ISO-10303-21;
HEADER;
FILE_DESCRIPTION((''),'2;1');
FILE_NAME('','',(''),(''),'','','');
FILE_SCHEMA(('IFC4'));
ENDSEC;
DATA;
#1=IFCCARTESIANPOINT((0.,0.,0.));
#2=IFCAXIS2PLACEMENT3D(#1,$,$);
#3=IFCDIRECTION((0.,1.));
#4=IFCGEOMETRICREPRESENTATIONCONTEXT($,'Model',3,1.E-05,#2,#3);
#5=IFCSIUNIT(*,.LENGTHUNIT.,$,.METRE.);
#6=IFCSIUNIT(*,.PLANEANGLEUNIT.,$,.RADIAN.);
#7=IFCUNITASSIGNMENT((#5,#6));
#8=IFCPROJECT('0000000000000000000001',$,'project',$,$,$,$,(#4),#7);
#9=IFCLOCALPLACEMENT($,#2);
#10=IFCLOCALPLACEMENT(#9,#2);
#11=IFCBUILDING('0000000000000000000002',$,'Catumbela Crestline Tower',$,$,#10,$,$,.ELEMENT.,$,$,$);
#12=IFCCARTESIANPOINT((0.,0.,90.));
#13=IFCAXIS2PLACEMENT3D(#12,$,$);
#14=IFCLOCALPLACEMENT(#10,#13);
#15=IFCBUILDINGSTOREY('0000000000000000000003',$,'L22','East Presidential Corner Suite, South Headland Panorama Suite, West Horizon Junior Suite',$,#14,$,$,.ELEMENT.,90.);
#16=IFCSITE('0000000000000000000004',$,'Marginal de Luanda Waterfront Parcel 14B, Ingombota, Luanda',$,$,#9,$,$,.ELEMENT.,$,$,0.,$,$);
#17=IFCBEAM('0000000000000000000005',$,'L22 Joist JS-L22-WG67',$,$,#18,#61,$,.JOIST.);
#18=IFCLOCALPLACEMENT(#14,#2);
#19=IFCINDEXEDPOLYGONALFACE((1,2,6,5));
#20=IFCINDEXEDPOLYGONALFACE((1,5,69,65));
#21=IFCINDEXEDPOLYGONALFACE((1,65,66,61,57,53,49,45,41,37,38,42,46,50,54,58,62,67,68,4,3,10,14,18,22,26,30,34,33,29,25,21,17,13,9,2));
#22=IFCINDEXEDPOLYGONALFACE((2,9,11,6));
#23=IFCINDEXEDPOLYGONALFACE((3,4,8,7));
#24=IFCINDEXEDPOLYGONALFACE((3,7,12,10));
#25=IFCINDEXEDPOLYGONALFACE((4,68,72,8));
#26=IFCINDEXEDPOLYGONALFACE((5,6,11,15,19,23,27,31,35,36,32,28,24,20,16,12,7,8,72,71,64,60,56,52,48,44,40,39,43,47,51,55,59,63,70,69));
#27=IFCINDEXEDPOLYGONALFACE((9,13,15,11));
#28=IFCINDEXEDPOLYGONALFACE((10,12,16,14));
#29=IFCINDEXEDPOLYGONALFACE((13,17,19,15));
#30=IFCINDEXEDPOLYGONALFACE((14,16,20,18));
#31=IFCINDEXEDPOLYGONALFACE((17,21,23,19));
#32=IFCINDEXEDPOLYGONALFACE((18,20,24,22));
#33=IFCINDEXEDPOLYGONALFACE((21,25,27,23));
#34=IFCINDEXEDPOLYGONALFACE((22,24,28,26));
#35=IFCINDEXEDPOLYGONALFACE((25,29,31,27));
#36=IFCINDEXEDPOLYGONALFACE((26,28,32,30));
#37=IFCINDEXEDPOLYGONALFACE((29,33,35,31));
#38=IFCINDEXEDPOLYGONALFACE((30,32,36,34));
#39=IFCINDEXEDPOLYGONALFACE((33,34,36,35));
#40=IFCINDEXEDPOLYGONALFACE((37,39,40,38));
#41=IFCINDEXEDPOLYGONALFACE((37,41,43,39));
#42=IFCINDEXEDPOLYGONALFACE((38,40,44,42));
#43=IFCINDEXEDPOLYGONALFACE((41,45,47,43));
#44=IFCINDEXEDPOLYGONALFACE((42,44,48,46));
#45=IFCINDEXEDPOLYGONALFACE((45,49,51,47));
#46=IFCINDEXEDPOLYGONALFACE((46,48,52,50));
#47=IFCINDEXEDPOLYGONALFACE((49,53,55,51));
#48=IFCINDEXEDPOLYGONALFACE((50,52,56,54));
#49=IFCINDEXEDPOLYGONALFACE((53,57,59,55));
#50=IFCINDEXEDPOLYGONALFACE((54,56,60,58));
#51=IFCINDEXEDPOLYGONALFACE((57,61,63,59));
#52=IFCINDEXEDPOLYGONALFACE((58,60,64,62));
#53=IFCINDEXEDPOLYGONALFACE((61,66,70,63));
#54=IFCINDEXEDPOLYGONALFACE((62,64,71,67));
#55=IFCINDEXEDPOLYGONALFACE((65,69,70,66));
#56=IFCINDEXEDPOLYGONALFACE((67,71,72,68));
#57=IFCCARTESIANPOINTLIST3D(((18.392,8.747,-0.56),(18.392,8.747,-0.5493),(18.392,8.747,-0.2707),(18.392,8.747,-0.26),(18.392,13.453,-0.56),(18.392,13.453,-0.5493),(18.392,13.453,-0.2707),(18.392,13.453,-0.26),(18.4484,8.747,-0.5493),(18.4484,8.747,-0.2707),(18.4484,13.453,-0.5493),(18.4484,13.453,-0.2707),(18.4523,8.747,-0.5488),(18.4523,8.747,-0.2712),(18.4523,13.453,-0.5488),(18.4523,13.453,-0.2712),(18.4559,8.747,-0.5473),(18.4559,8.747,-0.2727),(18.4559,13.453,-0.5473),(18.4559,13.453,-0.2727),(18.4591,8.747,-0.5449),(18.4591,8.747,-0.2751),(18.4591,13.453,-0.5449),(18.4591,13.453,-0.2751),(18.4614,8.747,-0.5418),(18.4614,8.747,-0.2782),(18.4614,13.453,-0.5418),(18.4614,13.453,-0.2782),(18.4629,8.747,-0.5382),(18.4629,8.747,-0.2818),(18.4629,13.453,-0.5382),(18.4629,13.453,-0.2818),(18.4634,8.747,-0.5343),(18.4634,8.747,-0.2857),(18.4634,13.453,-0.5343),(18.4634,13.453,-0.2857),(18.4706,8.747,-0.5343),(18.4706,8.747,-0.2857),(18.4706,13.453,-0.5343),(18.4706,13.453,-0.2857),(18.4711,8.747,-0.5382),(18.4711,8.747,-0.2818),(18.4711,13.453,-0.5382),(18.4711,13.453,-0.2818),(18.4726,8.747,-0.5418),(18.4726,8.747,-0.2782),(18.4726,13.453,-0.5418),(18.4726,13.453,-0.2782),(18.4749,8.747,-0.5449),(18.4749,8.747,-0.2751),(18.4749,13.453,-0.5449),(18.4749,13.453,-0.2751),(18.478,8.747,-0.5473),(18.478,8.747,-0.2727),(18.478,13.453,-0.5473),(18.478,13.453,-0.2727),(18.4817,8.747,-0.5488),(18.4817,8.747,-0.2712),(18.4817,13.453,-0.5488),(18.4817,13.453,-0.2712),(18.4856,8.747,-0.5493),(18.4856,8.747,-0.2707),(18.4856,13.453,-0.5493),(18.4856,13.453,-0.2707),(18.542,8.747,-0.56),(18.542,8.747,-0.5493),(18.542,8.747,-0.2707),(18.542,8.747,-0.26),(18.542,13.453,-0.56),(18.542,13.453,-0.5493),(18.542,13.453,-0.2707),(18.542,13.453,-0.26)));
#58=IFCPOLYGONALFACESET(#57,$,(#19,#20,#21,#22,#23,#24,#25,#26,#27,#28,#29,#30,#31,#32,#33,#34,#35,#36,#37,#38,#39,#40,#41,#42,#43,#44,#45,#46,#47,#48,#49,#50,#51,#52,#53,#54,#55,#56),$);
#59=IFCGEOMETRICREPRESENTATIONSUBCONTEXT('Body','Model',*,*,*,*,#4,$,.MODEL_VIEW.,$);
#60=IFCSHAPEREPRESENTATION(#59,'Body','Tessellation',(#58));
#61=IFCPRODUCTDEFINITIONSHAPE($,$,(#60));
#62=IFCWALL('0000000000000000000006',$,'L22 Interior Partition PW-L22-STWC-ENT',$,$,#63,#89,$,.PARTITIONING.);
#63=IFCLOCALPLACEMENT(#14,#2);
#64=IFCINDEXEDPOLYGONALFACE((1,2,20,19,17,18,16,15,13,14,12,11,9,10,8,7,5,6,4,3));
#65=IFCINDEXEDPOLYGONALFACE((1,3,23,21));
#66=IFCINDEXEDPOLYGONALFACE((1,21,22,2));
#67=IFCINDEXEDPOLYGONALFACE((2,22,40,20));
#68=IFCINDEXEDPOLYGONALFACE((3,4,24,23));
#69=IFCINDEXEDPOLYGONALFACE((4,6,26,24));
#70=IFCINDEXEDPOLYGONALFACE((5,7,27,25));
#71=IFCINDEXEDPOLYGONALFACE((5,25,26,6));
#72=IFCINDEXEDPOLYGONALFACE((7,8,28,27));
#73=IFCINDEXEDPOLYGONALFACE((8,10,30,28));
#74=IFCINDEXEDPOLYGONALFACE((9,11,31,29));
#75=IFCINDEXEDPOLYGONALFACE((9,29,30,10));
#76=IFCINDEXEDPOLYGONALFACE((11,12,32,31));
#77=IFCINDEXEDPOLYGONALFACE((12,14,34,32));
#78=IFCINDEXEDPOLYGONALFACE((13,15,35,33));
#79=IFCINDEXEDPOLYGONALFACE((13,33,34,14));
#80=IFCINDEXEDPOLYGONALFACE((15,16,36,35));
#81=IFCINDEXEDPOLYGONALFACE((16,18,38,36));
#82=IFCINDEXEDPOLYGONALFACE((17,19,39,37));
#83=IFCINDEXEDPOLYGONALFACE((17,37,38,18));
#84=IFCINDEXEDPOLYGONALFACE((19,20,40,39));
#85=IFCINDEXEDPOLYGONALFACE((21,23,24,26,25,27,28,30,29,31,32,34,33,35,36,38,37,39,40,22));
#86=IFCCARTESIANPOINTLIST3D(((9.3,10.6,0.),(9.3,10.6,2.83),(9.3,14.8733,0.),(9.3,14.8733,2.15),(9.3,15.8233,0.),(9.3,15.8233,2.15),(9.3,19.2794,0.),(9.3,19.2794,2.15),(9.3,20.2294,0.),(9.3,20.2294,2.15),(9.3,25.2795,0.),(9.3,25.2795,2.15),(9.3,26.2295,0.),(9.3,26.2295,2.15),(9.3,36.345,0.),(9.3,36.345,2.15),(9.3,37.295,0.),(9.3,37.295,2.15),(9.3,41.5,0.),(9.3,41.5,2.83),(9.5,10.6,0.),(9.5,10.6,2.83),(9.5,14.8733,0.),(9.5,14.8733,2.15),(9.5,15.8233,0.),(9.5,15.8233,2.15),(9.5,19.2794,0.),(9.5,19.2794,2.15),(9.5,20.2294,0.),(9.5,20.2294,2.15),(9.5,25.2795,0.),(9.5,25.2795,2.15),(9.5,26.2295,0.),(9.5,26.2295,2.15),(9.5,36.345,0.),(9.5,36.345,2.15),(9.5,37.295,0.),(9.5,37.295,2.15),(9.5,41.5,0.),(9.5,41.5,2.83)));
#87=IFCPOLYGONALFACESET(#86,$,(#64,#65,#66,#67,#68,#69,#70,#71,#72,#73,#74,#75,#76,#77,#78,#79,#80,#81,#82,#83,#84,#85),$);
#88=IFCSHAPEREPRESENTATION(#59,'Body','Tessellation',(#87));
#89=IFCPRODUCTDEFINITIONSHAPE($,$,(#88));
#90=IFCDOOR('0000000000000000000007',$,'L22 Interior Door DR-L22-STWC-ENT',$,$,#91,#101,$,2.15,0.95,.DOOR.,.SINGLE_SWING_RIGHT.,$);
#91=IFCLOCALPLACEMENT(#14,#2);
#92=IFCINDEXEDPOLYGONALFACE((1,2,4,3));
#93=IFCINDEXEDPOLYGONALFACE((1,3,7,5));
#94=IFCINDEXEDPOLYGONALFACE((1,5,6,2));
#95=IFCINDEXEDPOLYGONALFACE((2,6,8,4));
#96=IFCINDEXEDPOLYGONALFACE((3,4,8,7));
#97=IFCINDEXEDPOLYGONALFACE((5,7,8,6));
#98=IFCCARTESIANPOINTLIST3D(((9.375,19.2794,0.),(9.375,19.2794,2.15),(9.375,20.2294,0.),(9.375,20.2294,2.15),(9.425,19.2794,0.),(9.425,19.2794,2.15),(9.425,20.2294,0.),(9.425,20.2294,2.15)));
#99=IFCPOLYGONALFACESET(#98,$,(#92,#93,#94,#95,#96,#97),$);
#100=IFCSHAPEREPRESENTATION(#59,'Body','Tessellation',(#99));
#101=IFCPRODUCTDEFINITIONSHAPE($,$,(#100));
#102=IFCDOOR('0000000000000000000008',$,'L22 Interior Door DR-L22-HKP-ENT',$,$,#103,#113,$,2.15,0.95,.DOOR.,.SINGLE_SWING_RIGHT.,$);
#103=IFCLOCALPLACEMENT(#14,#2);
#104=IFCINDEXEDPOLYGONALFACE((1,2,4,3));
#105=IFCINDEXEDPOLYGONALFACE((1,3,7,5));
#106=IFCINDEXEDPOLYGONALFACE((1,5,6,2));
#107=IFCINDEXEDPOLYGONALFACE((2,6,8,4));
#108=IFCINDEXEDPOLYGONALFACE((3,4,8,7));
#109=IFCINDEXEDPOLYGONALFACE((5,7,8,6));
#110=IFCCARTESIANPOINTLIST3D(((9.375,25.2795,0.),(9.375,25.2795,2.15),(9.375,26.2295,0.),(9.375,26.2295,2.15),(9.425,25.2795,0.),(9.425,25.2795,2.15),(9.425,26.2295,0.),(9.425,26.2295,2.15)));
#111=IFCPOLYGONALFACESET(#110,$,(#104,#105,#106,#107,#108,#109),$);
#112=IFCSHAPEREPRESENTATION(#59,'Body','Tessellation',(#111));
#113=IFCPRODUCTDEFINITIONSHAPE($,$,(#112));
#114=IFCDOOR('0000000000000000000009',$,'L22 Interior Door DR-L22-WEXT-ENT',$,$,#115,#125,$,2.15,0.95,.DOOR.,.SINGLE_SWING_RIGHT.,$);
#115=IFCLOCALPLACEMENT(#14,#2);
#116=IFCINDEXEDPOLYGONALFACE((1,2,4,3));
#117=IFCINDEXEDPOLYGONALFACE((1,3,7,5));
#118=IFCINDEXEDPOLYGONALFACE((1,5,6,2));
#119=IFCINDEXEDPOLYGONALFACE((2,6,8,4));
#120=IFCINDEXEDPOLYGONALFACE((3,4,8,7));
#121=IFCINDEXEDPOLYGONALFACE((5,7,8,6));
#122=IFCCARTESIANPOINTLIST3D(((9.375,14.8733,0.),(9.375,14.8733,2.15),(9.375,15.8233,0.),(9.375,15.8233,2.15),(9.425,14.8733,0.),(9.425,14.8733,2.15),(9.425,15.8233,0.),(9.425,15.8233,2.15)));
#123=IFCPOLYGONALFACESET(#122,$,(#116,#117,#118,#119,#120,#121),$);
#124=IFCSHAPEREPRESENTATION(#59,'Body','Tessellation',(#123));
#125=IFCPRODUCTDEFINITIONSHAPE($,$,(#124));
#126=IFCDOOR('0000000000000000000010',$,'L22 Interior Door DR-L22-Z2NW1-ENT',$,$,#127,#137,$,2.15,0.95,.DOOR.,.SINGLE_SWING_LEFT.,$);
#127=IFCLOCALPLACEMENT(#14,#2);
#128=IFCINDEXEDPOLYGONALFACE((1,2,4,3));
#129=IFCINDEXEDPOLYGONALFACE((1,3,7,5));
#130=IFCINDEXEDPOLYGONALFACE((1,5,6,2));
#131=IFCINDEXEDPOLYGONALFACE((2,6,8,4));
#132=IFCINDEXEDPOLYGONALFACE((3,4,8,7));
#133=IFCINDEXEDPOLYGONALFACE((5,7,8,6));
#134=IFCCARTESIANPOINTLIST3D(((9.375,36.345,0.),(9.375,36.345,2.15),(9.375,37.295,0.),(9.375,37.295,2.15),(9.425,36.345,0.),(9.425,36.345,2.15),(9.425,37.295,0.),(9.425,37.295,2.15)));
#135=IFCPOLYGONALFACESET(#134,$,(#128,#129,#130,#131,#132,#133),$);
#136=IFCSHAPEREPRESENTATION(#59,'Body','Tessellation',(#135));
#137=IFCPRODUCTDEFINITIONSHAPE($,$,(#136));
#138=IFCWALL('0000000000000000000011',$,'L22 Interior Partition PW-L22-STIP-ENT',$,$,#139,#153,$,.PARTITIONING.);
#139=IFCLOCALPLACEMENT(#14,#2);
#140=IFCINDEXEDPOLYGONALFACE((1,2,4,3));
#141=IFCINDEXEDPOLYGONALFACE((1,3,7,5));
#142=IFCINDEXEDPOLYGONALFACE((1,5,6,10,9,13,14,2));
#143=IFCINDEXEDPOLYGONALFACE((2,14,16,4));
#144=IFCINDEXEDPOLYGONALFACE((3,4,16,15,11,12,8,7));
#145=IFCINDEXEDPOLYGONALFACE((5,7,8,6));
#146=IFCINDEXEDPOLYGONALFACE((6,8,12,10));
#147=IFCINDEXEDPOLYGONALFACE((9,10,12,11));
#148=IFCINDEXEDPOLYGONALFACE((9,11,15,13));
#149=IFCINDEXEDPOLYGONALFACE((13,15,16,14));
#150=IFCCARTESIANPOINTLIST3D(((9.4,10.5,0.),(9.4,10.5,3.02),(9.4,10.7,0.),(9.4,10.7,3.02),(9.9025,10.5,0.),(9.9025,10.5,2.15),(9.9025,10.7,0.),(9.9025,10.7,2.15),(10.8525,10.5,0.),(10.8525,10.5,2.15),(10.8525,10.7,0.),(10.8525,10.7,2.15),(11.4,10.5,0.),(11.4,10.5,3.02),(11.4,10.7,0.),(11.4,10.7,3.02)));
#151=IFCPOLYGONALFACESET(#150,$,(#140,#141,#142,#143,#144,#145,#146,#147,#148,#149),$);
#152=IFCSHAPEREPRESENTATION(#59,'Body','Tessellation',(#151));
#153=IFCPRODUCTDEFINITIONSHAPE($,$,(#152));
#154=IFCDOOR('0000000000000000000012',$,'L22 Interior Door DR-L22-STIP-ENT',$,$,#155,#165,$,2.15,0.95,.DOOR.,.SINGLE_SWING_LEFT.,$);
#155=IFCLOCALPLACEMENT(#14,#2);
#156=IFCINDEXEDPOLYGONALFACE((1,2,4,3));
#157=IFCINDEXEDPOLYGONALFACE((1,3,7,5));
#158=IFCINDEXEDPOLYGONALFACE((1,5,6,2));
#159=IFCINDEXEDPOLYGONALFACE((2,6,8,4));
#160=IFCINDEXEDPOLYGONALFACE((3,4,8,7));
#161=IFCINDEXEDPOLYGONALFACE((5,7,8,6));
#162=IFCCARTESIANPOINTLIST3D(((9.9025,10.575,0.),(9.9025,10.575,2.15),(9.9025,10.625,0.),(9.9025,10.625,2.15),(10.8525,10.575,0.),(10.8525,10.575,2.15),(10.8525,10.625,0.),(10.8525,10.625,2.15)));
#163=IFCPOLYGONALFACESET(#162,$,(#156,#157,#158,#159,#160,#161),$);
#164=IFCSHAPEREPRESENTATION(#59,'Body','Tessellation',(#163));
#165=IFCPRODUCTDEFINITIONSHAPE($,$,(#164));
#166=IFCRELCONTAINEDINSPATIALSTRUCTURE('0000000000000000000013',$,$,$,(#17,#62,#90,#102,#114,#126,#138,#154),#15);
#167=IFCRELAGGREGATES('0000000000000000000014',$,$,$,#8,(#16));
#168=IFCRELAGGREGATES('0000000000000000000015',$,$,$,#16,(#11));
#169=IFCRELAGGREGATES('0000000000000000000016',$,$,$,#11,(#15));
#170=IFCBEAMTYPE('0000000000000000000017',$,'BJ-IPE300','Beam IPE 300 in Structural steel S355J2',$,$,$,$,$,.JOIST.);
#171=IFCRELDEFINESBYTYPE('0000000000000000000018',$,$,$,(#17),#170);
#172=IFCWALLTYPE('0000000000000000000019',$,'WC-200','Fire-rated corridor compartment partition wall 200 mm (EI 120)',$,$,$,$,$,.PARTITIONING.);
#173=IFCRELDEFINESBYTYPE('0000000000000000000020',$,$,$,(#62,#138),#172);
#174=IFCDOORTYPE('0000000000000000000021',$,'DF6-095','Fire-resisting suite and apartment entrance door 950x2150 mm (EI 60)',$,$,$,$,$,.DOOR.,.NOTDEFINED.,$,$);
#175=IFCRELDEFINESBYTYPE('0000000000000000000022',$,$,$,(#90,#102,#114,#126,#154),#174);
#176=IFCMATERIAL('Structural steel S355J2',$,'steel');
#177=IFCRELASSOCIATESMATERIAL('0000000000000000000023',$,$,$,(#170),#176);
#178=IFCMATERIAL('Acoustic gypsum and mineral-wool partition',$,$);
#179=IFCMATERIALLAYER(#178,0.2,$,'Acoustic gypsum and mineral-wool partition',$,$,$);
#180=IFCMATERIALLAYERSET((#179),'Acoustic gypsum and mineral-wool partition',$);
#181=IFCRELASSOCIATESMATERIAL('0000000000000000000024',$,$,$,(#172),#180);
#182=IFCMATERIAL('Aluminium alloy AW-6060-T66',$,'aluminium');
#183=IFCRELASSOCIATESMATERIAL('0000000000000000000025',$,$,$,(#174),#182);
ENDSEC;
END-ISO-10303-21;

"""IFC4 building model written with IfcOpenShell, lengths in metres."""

from ifc_helpers import new_model, si_unit, direction, frame, frame_2d, origin, origin_2d, place, context, subcontext, project, spatial, rectangle, i_section, extrude, material, layer, layer_set, material_profile, profile_set, type_object, element, fill, save


model = new_model("IFC4")

# Units and contexts
model_context = context("Model", 3, precision=1e-05, world=origin(), true_north=direction((0.0, 1.0)))
body_context = subcontext(model_context, "Body", "Model", "MODEL_VIEW")
ifc_project = project(units=[si_unit("LENGTHUNIT", "METRE"), si_unit("PLANEANGLEUNIT", "RADIAN")], contexts=[model_context])

# Site, building, storey
site_placement = place(None, origin())
site = spatial("IfcSite", under=ifc_project, at=site_placement, Name="Marginal de Luanda Waterfront Parcel 14B, Ingombota, Luanda", CompositionType="ELEMENT", RefElevation=0.0)
building_placement = place(site_placement, origin())
building = spatial("IfcBuilding", under=site, at=building_placement, Name="Catumbela Crestline Tower", CompositionType="ELEMENT")
storey_placement = place(building_placement, frame((0.0, 0.0, 90.0)))
storey = spatial("IfcBuildingStorey", under=building, at=storey_placement, Name="L22", Description="East Presidential Corner Suite, South Headland Panorama Suite, West Horizon Junior Suite", CompositionType="ELEMENT", Elevation=90.0)

# Beam
ifc_material_1 = material(Name="Structural steel S355J2", Category="steel")
ifc_material_profile_1 = material_profile(ifc_material_1, i_section(OverallWidth=0.15, OverallDepth=0.3, WebThickness=0.0071, FlangeThickness=0.0107, FilletRadius=0.015, at=origin_2d()), Name="IPE 300")
ifc_profile_set_1 = profile_set([ifc_material_profile_1], Name="Structural steel S355J2")
beam_type_1 = type_object("IfcBeamType", Name="BJ-IPE300", Description="Beam IPE 300 in Structural steel S355J2", PredefinedType="JOIST", material=ifc_profile_set_1)
for number, where, z_axis, x_axis, name in (
    (1, (18.467, 8.747, -0.41), (0.0, 1.0, 0.0), (-1.0, 0.0, 0.0), "L22 Joist JS-L22-WG67"),
):
    element("IfcBeam", number, at=place(storey_placement, frame(where, z_axis=z_axis, x_axis=x_axis)), inside=storey, type_object=beam_type_1, Name=name, PredefinedType="JOIST", context=body_context, shape_type="SweptSolid", body=[
        extrude(i_section(OverallWidth=0.15, OverallDepth=0.3, WebThickness=0.0071, FlangeThickness=0.0107, FilletRadius=0.015, at=origin_2d()), origin(), (0.0, 0.0, 1.0), 4.706),
    ])

# Wall, openings, doors
ifc_material_2 = material(Name="Acoustic gypsum and mineral-wool partition")
ifc_layer_1 = layer(ifc_material_2, 0.2, Name="Acoustic gypsum and mineral-wool partition")
ifc_layer_set_1 = layer_set([ifc_layer_1], Name="Acoustic gypsum and mineral-wool partition")
wall_type_1 = type_object("IfcWallType", Name="WC-200", Description="Fire-rated corridor compartment partition wall 200 mm (EI 120)", PredefinedType="PARTITIONING", material=ifc_layer_set_1)
wall_1_placement = place(storey_placement, frame((9.4, 10.6, 0.0), z_axis=(0.0, 0.0, 1.0), x_axis=(0.0, 1.0, 0.0)))
wall_1 = element("IfcWall", 2, at=wall_1_placement, inside=storey, type_object=wall_type_1, Name="L22 Interior Partition PW-L22-STWC-ENT", PredefinedType="PARTITIONING", context=body_context, shape_type="SweptSolid", body=[
    extrude(rectangle(XDim=30.9, YDim=0.2, at=frame_2d((15.45, 0.0))), origin(), (0.0, 0.0, 1.0), 2.83),
])
opening_1_placement = place(wall_1_placement, frame((8.6794, 0.0, 0.0)))
opening_1 = element("IfcOpeningElement", 3, at=opening_1_placement, cuts=wall_1, PredefinedType="OPENING", context=body_context, shape_type="SweptSolid", body=[
    extrude(rectangle(XDim=0.95, YDim=2.15, at=frame_2d((0.475, 1.075))), frame((0.0, 0.11, 0.0), z_axis=(0.0, -1.0, 0.0), x_axis=(1.0, 0.0, 0.0)), (0.0, 0.0, 1.0), 0.22),
])
opening_2_placement = place(wall_1_placement, frame((14.6795, 0.0, 0.0)))
opening_2 = element("IfcOpeningElement", 4, at=opening_2_placement, cuts=wall_1, PredefinedType="OPENING", context=body_context, shape_type="SweptSolid", body=[
    extrude(rectangle(XDim=0.95, YDim=2.15, at=frame_2d((0.475, 1.075))), frame((0.0, 0.11, 0.0), z_axis=(0.0, -1.0, 0.0), x_axis=(1.0, 0.0, 0.0)), (0.0, 0.0, 1.0), 0.22),
])
opening_3_placement = place(wall_1_placement, frame((4.2733, 0.0, 0.0)))
opening_3 = element("IfcOpeningElement", 5, at=opening_3_placement, cuts=wall_1, PredefinedType="OPENING", context=body_context, shape_type="SweptSolid", body=[
    extrude(rectangle(XDim=0.95, YDim=2.15, at=frame_2d((0.475, 1.075))), frame((0.0, 0.11, 0.0), z_axis=(0.0, -1.0, 0.0), x_axis=(1.0, 0.0, 0.0)), (0.0, 0.0, 1.0), 0.22),
])
opening_4_placement = place(wall_1_placement, frame((25.745, 0.0, 0.0)))
opening_4 = element("IfcOpeningElement", 6, at=opening_4_placement, cuts=wall_1, PredefinedType="OPENING", context=body_context, shape_type="SweptSolid", body=[
    extrude(rectangle(XDim=0.95, YDim=2.15, at=frame_2d((0.475, 1.075))), frame((0.0, 0.11, 0.0), z_axis=(0.0, -1.0, 0.0), x_axis=(1.0, 0.0, 0.0)), (0.0, 0.0, 1.0), 0.22),
])
ifc_material_3 = material(Name="Aluminium alloy AW-6060-T66", Category="aluminium")
door_type = type_object("IfcDoorType", Name="DF6-095", Description="Fire-resisting suite and apartment entrance door 950x2150 mm (EI 60)", OperationType="NOTDEFINED", PredefinedType="DOOR", material=ifc_material_3)
door_1_placement = place(opening_1_placement, origin())
door_1 = element("IfcDoor", 7, at=door_1_placement, inside=storey, type_object=door_type, Name="L22 Interior Door DR-L22-STWC-ENT", OperationType="SINGLE_SWING_RIGHT", OverallHeight=2.15, OverallWidth=0.95, PredefinedType="DOOR", context=body_context, shape_type="SweptSolid", body=[
    extrude(rectangle(XDim=0.95, YDim=2.15, at=frame_2d((0.475, 1.075))), frame((0.0, 0.025, 0.0), z_axis=(0.0, -1.0, 0.0), x_axis=(1.0, 0.0, 0.0)), (0.0, 0.0, 1.0), 0.05),
])
fill(opening_1, door_1)
door_2_placement = place(opening_2_placement, origin())
door_2 = element("IfcDoor", 8, at=door_2_placement, inside=storey, type_object=door_type, Name="L22 Interior Door DR-L22-HKP-ENT", OperationType="SINGLE_SWING_RIGHT", OverallHeight=2.15, OverallWidth=0.95, PredefinedType="DOOR", context=body_context, shape_type="SweptSolid", body=[
    extrude(rectangle(XDim=0.95, YDim=2.15, at=frame_2d((0.475, 1.075))), frame((0.0, 0.025, 0.0), z_axis=(0.0, -1.0, 0.0), x_axis=(1.0, 0.0, 0.0)), (0.0, 0.0, 1.0), 0.05),
])
fill(opening_2, door_2)
door_3_placement = place(opening_3_placement, origin())
door_3 = element("IfcDoor", 9, at=door_3_placement, inside=storey, type_object=door_type, Name="L22 Interior Door DR-L22-WEXT-ENT", OperationType="SINGLE_SWING_RIGHT", OverallHeight=2.15, OverallWidth=0.95, PredefinedType="DOOR", context=body_context, shape_type="SweptSolid", body=[
    extrude(rectangle(XDim=0.95, YDim=2.15, at=frame_2d((0.475, 1.075))), frame((0.0, 0.025, 0.0), z_axis=(0.0, -1.0, 0.0), x_axis=(1.0, 0.0, 0.0)), (0.0, 0.0, 1.0), 0.05),
])
fill(opening_3, door_3)
door_4_placement = place(opening_4_placement, origin())
door_4 = element("IfcDoor", 10, at=door_4_placement, inside=storey, type_object=door_type, Name="L22 Interior Door DR-L22-Z2NW1-ENT", OperationType="SINGLE_SWING_LEFT", OverallHeight=2.15, OverallWidth=0.95, PredefinedType="DOOR", context=body_context, shape_type="SweptSolid", body=[
    extrude(rectangle(XDim=0.95, YDim=2.15, at=frame_2d((0.475, 1.075))), frame((0.0, 0.025, 0.0), z_axis=(0.0, -1.0, 0.0), x_axis=(1.0, 0.0, 0.0)), (0.0, 0.0, 1.0), 0.05),
])
fill(opening_4, door_4)

# Wall, opening, door
wall_2_placement = place(storey_placement, frame((9.4, 10.6, 0.0), z_axis=(0.0, 0.0, 1.0), x_axis=(1.0, 0.0, 0.0)))
wall_2 = element("IfcWall", 11, at=wall_2_placement, inside=storey, type_object=wall_type_1, Name="L22 Interior Partition PW-L22-STIP-ENT", PredefinedType="PARTITIONING", context=body_context, shape_type="SweptSolid", body=[
    extrude(rectangle(XDim=2.0, YDim=0.2, at=frame_2d((1.0, 0.0))), origin(), (0.0, 0.0, 1.0), 3.02),
])
opening_5_placement = place(wall_2_placement, frame((0.5025, 0.0, 0.0)))
opening_5 = element("IfcOpeningElement", 12, at=opening_5_placement, cuts=wall_2, PredefinedType="OPENING", context=body_context, shape_type="SweptSolid", body=[
    extrude(rectangle(XDim=0.95, YDim=2.15, at=frame_2d((0.475, 1.075))), frame((0.0, 0.11, 0.0), z_axis=(0.0, -1.0, 0.0), x_axis=(1.0, 0.0, 0.0)), (0.0, 0.0, 1.0), 0.22),
])
door_5_placement = place(opening_5_placement, origin())
door_5 = element("IfcDoor", 13, at=door_5_placement, inside=storey, type_object=door_type, Name="L22 Interior Door DR-L22-STIP-ENT", OperationType="SINGLE_SWING_LEFT", OverallHeight=2.15, OverallWidth=0.95, PredefinedType="DOOR", context=body_context, shape_type="SweptSolid", body=[
    extrude(rectangle(XDim=0.95, YDim=2.15, at=frame_2d((0.475, 1.075))), frame((0.0, 0.025, 0.0), z_axis=(0.0, -1.0, 0.0), x_axis=(1.0, 0.0, 0.0)), (0.0, 0.0, 1.0), 0.05),
])
fill(opening_5, door_5)

save(model, "model.ifc")
